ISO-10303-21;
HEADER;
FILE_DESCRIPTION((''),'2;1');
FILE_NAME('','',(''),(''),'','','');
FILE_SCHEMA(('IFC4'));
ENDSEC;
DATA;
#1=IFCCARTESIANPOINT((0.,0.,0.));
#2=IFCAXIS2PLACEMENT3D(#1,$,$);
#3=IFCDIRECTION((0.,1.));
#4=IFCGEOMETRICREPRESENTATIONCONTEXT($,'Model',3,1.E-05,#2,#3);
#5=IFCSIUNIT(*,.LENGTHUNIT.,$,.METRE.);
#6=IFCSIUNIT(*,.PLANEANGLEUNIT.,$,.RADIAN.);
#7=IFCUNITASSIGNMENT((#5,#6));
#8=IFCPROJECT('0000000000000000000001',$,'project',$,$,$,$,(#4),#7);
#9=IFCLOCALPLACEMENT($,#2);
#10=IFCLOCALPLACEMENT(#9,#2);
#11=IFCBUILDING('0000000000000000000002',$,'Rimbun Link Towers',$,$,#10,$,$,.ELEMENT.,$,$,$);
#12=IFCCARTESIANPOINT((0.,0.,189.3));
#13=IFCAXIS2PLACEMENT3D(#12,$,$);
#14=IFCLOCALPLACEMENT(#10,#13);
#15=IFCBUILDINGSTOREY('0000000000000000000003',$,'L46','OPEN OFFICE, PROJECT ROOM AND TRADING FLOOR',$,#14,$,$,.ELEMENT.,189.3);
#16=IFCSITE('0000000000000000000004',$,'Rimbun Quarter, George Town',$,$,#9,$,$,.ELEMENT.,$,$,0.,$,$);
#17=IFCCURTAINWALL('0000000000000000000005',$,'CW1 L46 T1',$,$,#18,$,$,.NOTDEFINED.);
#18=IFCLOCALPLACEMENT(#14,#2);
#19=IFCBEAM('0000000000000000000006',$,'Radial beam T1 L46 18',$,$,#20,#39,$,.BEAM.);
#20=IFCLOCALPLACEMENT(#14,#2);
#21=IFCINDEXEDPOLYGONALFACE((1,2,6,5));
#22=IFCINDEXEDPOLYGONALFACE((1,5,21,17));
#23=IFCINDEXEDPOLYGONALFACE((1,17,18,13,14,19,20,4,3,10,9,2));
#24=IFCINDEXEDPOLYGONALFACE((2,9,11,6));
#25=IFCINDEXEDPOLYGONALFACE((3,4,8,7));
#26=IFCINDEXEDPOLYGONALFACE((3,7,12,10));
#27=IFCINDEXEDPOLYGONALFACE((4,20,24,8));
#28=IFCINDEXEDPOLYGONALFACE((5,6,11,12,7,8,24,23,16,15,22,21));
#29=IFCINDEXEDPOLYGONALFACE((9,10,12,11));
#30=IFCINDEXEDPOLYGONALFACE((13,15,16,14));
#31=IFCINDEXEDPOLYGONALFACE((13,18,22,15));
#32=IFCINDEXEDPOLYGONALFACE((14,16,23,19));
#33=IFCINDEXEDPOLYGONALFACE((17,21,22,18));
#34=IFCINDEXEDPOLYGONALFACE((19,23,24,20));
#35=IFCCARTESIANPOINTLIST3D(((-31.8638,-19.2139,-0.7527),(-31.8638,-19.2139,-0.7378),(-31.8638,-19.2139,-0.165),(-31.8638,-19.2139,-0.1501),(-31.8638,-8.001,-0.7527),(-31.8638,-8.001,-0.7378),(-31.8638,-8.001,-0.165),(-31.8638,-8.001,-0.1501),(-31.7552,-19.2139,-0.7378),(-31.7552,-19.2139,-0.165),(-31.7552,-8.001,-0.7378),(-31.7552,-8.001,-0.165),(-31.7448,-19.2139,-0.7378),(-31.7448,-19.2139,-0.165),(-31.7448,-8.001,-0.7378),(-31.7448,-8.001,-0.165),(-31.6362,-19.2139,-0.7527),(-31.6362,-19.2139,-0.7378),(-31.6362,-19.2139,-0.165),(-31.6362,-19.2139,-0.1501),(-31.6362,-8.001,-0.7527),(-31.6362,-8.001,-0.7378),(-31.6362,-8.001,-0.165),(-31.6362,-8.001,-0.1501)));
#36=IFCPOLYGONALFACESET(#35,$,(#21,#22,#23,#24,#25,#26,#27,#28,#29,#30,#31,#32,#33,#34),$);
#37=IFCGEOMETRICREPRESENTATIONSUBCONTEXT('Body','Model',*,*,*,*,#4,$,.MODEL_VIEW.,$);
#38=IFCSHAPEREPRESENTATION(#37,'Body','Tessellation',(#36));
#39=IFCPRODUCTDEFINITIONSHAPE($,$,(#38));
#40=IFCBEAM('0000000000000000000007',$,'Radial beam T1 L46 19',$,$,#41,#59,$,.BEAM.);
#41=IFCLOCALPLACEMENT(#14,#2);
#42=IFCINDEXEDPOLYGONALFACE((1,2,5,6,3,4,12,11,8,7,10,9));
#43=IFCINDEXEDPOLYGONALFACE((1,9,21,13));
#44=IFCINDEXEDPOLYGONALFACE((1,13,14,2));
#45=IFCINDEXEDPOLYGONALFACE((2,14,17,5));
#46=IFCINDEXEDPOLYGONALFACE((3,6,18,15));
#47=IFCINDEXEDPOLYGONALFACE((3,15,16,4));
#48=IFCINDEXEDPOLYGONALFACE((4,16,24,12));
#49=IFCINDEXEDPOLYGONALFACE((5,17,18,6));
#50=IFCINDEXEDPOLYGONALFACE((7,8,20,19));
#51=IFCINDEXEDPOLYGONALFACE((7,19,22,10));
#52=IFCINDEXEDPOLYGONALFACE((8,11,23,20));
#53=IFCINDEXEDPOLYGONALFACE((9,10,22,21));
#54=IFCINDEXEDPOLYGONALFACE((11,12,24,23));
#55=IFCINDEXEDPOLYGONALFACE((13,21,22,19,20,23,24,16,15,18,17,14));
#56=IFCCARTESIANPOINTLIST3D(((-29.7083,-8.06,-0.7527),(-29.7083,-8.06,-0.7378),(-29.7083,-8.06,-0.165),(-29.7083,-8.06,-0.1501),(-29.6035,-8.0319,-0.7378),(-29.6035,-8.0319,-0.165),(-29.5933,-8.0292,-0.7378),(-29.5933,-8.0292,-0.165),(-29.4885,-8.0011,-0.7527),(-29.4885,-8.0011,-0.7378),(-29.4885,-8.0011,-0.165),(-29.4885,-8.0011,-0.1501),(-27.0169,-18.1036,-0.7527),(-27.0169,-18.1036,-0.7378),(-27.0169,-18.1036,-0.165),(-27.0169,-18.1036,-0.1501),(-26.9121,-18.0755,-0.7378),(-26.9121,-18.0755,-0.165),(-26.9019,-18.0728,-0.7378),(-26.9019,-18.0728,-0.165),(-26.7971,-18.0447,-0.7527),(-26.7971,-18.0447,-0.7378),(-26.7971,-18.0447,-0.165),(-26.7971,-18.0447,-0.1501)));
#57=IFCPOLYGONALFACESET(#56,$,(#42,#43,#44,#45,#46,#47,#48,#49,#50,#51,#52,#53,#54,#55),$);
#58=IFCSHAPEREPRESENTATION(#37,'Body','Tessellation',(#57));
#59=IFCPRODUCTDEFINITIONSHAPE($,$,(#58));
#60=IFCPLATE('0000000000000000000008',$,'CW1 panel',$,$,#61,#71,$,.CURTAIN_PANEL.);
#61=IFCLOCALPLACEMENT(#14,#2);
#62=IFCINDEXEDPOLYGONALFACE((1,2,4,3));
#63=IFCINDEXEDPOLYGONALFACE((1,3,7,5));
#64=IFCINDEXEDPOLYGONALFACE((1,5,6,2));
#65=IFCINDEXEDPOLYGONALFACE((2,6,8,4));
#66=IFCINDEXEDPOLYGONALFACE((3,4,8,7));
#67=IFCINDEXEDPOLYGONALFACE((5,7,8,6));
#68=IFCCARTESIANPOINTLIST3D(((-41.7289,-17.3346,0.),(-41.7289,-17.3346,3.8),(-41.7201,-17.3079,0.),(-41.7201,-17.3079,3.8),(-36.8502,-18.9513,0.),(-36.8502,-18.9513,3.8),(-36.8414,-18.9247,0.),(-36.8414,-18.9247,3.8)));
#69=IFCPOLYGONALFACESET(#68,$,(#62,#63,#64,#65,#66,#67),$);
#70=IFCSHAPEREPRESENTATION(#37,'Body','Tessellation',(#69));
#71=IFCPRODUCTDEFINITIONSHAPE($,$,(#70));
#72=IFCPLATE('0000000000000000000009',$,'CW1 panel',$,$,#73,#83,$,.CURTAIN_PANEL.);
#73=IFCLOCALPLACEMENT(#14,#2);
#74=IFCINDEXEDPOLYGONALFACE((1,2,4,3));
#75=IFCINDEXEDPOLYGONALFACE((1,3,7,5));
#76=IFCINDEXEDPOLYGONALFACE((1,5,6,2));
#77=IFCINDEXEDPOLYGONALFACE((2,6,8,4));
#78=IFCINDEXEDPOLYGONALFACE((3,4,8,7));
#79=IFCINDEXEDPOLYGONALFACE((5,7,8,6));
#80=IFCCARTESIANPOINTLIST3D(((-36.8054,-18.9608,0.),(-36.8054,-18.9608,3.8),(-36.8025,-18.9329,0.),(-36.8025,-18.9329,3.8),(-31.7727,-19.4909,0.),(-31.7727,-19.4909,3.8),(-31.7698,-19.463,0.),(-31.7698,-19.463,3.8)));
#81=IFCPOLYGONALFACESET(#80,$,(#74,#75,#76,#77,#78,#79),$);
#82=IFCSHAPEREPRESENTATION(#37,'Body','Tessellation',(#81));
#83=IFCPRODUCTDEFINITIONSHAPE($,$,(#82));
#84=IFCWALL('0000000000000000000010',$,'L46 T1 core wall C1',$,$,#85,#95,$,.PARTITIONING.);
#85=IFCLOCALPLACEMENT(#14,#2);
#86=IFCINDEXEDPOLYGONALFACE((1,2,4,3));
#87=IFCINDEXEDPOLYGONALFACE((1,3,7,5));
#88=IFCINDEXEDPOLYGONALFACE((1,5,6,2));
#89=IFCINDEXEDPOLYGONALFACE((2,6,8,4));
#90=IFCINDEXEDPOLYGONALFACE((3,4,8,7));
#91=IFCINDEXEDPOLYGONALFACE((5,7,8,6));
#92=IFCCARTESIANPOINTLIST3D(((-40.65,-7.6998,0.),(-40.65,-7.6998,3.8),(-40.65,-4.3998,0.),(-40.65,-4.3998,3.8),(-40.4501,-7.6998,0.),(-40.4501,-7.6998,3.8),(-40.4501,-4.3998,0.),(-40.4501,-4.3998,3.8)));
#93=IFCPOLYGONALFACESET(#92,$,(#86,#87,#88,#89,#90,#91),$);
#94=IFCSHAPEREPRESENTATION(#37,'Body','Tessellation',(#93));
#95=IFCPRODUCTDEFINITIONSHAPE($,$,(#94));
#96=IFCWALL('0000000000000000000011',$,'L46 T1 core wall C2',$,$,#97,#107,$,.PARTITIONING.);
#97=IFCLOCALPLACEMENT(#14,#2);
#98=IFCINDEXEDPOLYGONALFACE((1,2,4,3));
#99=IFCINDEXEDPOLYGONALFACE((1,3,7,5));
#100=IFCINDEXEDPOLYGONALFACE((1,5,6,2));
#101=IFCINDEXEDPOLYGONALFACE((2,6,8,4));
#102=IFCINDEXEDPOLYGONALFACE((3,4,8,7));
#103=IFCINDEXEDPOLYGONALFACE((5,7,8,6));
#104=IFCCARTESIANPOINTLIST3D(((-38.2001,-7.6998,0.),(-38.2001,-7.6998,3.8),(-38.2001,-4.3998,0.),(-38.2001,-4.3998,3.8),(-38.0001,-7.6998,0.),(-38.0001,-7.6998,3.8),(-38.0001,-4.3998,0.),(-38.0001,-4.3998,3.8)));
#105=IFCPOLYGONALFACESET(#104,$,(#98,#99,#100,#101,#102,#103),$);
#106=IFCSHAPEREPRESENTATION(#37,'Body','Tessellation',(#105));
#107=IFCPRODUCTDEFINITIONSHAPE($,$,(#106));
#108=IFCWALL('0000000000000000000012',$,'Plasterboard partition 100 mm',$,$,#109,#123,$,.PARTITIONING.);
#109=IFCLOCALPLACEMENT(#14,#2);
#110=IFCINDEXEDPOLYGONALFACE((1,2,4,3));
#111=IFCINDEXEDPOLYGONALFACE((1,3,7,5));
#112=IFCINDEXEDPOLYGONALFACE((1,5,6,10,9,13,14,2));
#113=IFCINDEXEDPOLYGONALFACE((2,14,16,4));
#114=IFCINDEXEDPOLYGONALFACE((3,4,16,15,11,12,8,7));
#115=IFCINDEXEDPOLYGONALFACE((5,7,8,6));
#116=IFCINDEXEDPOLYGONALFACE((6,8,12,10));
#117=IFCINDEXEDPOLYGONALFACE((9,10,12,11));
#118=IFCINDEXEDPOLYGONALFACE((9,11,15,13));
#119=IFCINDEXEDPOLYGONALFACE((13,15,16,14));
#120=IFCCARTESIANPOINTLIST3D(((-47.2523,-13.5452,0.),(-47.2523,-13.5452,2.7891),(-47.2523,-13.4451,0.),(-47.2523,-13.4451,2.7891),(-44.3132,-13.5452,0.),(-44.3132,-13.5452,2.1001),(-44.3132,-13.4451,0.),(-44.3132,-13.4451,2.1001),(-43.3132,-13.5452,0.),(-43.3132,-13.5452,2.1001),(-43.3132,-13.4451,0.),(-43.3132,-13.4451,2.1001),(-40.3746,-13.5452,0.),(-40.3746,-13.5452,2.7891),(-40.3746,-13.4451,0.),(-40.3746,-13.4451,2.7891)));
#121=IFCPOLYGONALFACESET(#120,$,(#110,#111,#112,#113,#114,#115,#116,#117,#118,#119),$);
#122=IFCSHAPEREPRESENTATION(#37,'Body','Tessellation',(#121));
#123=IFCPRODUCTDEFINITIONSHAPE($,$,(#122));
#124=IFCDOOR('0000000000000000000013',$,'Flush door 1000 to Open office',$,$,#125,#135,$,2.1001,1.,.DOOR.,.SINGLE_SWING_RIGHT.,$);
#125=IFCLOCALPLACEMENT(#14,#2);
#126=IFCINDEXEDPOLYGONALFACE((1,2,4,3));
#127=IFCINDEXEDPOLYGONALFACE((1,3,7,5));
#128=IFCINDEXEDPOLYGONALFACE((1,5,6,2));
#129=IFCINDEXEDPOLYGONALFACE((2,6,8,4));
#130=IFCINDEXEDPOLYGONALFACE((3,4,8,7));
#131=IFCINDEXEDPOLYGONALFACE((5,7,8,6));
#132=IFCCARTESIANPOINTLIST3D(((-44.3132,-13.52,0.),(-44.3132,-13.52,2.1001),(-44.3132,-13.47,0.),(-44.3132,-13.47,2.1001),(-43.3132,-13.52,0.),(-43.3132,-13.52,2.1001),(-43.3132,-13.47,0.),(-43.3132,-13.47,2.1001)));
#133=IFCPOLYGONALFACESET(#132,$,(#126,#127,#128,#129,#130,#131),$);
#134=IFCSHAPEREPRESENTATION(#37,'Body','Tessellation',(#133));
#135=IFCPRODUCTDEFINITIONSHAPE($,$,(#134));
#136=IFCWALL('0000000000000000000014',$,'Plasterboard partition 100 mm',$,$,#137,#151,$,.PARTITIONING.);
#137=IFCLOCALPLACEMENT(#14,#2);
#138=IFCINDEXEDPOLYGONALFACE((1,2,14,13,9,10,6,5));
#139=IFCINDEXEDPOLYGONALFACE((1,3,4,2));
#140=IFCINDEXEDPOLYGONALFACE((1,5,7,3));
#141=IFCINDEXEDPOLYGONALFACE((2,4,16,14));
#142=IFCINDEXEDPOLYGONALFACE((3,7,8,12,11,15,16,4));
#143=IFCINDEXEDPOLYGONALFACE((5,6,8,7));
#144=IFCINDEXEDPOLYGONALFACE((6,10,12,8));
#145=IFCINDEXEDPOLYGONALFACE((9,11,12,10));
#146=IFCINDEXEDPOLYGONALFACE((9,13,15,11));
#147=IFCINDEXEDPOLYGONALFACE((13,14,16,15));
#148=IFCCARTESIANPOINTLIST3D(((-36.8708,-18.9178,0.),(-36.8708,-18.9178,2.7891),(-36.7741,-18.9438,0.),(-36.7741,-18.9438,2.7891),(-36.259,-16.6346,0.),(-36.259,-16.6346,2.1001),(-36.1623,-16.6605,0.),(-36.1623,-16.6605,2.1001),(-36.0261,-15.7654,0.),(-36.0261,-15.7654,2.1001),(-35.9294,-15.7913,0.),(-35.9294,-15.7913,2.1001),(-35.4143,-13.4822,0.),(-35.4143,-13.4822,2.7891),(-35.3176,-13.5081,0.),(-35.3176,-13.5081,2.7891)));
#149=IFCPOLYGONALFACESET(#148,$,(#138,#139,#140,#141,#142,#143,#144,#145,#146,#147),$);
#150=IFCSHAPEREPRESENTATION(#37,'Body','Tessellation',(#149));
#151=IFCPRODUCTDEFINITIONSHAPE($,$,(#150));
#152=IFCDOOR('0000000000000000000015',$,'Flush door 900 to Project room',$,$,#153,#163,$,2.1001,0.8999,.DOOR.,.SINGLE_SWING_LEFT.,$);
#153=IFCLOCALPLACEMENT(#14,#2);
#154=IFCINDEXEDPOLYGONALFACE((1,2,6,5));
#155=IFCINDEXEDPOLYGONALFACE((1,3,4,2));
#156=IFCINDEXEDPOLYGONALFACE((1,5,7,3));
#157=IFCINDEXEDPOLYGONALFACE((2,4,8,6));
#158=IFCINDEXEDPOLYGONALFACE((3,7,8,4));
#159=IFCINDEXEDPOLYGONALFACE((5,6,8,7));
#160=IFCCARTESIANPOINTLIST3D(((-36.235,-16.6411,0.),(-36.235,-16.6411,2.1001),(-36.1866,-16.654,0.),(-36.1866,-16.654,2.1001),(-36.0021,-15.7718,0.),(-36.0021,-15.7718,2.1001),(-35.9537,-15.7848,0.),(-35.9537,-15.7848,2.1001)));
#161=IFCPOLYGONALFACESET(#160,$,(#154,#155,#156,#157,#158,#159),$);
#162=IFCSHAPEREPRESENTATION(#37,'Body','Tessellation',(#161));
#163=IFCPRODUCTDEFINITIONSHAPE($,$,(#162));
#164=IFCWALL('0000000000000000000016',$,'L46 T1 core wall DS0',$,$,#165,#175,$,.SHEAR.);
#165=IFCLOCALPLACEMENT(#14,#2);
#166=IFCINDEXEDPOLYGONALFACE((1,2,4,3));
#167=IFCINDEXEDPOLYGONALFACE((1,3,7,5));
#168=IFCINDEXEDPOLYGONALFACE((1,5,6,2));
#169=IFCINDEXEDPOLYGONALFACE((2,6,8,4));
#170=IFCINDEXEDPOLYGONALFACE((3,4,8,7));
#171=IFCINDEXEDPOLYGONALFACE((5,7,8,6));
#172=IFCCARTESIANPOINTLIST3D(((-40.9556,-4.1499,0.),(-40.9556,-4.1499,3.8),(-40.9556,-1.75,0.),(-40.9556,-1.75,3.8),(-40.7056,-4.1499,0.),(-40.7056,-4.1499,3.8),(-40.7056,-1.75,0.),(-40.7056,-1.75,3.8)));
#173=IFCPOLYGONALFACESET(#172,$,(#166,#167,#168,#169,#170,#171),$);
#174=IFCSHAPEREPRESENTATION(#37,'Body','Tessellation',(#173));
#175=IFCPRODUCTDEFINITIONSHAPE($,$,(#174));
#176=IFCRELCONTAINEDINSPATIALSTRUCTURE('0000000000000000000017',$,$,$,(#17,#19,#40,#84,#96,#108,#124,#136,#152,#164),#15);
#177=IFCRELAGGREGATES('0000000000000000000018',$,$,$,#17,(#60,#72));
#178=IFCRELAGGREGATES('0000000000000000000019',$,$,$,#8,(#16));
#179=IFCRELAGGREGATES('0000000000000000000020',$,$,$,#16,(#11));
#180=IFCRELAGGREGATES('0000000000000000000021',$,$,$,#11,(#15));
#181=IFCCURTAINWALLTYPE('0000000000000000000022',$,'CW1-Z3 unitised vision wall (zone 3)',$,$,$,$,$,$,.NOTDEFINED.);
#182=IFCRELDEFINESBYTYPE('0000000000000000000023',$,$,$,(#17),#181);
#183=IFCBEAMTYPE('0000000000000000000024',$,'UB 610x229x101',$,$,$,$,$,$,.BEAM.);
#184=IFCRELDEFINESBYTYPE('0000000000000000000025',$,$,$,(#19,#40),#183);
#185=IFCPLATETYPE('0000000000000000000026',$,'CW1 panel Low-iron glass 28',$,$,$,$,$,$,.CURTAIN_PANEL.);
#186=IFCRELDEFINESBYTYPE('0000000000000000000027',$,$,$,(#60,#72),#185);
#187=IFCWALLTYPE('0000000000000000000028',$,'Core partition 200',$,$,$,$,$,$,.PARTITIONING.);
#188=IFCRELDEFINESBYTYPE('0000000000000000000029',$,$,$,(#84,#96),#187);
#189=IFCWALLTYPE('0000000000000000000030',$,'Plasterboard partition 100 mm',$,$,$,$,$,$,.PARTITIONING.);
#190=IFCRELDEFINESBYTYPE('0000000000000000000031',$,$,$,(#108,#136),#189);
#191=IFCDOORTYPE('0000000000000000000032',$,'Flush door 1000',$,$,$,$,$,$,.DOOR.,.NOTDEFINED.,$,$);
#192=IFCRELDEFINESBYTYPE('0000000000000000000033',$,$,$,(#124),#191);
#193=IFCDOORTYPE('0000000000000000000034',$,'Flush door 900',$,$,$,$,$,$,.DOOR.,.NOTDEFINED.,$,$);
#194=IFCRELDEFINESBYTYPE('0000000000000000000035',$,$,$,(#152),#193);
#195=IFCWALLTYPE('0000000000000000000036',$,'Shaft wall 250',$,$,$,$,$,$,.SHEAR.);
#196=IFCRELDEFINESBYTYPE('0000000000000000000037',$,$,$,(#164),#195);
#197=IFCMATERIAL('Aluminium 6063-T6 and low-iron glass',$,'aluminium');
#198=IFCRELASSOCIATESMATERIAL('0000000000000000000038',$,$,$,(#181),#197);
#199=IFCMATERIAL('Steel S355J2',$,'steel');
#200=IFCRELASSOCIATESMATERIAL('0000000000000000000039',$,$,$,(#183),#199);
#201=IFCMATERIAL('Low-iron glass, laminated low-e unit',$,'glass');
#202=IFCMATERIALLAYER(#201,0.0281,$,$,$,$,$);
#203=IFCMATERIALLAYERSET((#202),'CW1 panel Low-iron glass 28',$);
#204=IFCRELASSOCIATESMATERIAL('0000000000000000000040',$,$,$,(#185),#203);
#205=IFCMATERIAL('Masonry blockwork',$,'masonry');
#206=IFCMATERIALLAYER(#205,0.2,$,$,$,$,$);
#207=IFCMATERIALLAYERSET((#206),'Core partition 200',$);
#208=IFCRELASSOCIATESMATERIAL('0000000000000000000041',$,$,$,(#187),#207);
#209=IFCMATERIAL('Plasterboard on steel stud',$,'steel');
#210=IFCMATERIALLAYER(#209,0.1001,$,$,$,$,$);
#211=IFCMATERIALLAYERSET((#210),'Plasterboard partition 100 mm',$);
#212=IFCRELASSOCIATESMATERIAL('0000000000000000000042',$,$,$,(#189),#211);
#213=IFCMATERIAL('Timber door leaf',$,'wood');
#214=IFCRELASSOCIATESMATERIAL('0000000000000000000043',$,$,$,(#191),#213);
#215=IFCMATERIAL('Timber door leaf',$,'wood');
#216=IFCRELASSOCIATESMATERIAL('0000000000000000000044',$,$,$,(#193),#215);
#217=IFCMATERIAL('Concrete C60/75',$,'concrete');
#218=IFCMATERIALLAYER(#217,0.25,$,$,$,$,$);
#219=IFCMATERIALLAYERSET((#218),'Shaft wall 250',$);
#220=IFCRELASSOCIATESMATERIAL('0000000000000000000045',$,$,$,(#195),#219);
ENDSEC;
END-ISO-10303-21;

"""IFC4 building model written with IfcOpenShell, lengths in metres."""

from ifc_helpers import new_model, si_unit, direction, frame, frame_2d, origin, origin_2d, place, context, subcontext, project, spatial, rectangle, i_section, extrude, material, layer, layer_set, material_profile, profile_set, type_object, element, fill, aggregate, save


model = new_model("IFC4")

# Units and contexts
model_context = context("Model", 3, precision=1e-05, world=origin(), true_north=direction((0.0, 1.0)))
body_context = subcontext(model_context, "Body", "Model", "MODEL_VIEW")
ifc_project = project(units=[si_unit("LENGTHUNIT", "METRE"), si_unit("PLANEANGLEUNIT", "RADIAN")], contexts=[model_context])

# Site, building, storey
site_placement = place(None, origin())
site = spatial("IfcSite", under=ifc_project, at=site_placement, Name="Rimbun Quarter, George Town", CompositionType="ELEMENT", RefElevation=0.0)
building_placement = place(site_placement, origin())
building = spatial("IfcBuilding", under=site, at=building_placement, Name="Rimbun Link Towers", CompositionType="ELEMENT")
storey_placement = place(building_placement, frame((0.0, 0.0, 189.3)))
storey = spatial("IfcBuildingStorey", under=building, at=storey_placement, Name="L46", Description="OPEN OFFICE, PROJECT ROOM AND TRADING FLOOR", CompositionType="ELEMENT", Elevation=189.3)

# Curtain wall
ifc_material_1 = material(Name="Aluminium 6063-T6 and low-iron glass", Category="aluminium")
curtain_wall_type = type_object("IfcCurtainWallType", Name="CW1-Z3 unitised vision wall (zone 3)", PredefinedType="NOTDEFINED", material=ifc_material_1)
curtain_wall_placement = place(storey_placement, origin())
curtain_wall = element("IfcCurtainWall", 1, at=curtain_wall_placement, inside=storey, type_object=curtain_wall_type, Name="CW1 L46 T1", PredefinedType="NOTDEFINED")

# Beams
ifc_material_2 = material(Name="Steel S355J2", Category="steel")
ifc_material_profile_1 = material_profile(ifc_material_2, i_section(OverallWidth=0.2275, OverallDepth=0.6025, WebThickness=0.0105, FlangeThickness=0.0149, at=origin_2d()), Name="UB 610x229x101")
ifc_profile_set_1 = profile_set([ifc_material_profile_1], Name="Steel S355J2")
beam_type_1 = type_object("IfcBeamType", Name="UB 610x229x101", PredefinedType="BEAM", material=ifc_profile_set_1)
beam_1_placement = place(storey_placement, frame((-31.75, -8.001, -0.4514), z_axis=(0.0, -1.0, 0.0), x_axis=(1.0, 0.0, 0.0)))
element("IfcBeam", 2, at=beam_1_placement, inside=storey, type_object=beam_type_1, Name="Radial beam T1 L46 18", PredefinedType="BEAM", context=body_context, shape_type="SweptSolid", body=[
    extrude(i_section(OverallWidth=0.2275, OverallDepth=0.6025, WebThickness=0.0105, FlangeThickness=0.0149, at=origin_2d()), origin(), (0.0, 0.0, 1.0), 11.2129),
])
beam_2_placement = place(storey_placement, frame((-29.5984, -8.0305, -0.4514), z_axis=(0.258837, -0.965921, 0.0), x_axis=(0.965921, 0.258837, 0.0)))
element("IfcBeam", 3, at=beam_2_placement, inside=storey, type_object=beam_type_1, Name="Radial beam T1 L46 19", PredefinedType="BEAM", context=body_context, shape_type="SweptSolid", body=[
    extrude(i_section(OverallWidth=0.2275, OverallDepth=0.6025, WebThickness=0.0105, FlangeThickness=0.0149, at=origin_2d()), origin(), (0.0, 0.0, 1.0), 10.3979),
])

# Plates
ifc_material_3 = material(Name="Low-iron glass, laminated low-e unit", Category="glass")
ifc_layer_1 = layer(ifc_material_3, 0.0281)
ifc_layer_set_1 = layer_set([ifc_layer_1], Name="CW1 panel Low-iron glass 28")
plate_type = type_object("IfcPlateType", Name="CW1 panel Low-iron glass 28", PredefinedType="CURTAIN_PANEL", material=ifc_layer_set_1)
plate_1_placement = place(storey_placement, frame((-39.2852, -18.1296, 0.0), z_axis=(0.0, 0.0, 1.0), x_axis=(-0.949236, 0.314565, 0.0)))
plate_1 = element("IfcPlate", 4, at=plate_1_placement, type_object=plate_type, Name="CW1 panel", PredefinedType="CURTAIN_PANEL", context=body_context, shape_type="SweptSolid", body=[
    extrude(rectangle(XDim=5.1396, YDim=0.0281, at=origin_2d()), origin(), (0.0, 0.0, 1.0), 3.8),
])
plate_2_placement = place(storey_placement, frame((-34.2876, -19.2119, 0.0), z_axis=(0.0, 0.0, 1.0), x_axis=(-0.994498, 0.104753, 0.0)))
plate_2 = element("IfcPlate", 5, at=plate_2_placement, type_object=plate_type, Name="CW1 panel", PredefinedType="CURTAIN_PANEL", context=body_context, shape_type="SweptSolid", body=[
    extrude(rectangle(XDim=5.0605, YDim=0.0281, at=origin_2d()), origin(), (0.0, 0.0, 1.0), 3.8),
])
aggregate(curtain_wall, [plate_1, plate_2])

# Walls
ifc_material_4 = material(Name="Masonry blockwork", Category="masonry")
ifc_layer_2 = layer(ifc_material_4, 0.2)
ifc_layer_set_2 = layer_set([ifc_layer_2], Name="Core partition 200")
wall_type_1 = type_object("IfcWallType", Name="Core partition 200", PredefinedType="PARTITIONING", material=ifc_layer_set_2)
for number, where, z_axis, x_axis, name in (
    (6, (-40.55, -4.3999, 0.0), (0.0, 0.0, 1.0), (0.0, -1.0, 0.0), "L46 T1 core wall C1"),
    (7, (-38.1001, -4.3999, 0.0), (0.0, 0.0, 1.0), (0.0, -1.0, 0.0), "L46 T1 core wall C2"),
):
    element("IfcWall", number, at=place(storey_placement, frame(where, z_axis=z_axis, x_axis=x_axis)), inside=storey, type_object=wall_type_1, Name=name, PredefinedType="PARTITIONING", context=body_context, shape_type="SweptSolid", body=[
        extrude(rectangle(XDim=3.3, YDim=0.2, at=frame_2d((1.6499, 0.0))), origin(), (0.0, 0.0, 1.0), 3.8),
    ])

# Walls, openings, doors
ifc_material_5 = material(Name="Plasterboard on steel stud", Category="steel")
ifc_layer_3 = layer(ifc_material_5, 0.1001)
ifc_layer_set_3 = layer_set([ifc_layer_3], Name="Plasterboard partition 100 mm")
wall_type_2 = type_object("IfcWallType", Name="Plasterboard partition 100 mm", PredefinedType="PARTITIONING", material=ifc_layer_set_3)
wall_1_placement = place(storey_placement, frame((-40.3745, -13.4951, 0.0), z_axis=(0.0, 0.0, 1.0), x_axis=(-1.0, 0.0, 0.0)))
wall_1 = element("IfcWall", 8, at=wall_1_placement, inside=storey, type_object=wall_type_2, Name="Plasterboard partition 100 mm", PredefinedType="PARTITIONING", context=body_context, shape_type="SweptSolid", body=[
    extrude(rectangle(XDim=6.8777, YDim=0.1001, at=frame_2d((3.439, 0.0))), origin(), (0.0, 0.0, 1.0), 2.7891),
])
opening_1_placement = place(wall_1_placement, frame((2.9387, 0.0, 0.0)))
opening_1 = element("IfcOpeningElement", 9, at=opening_1_placement, cuts=wall_1, PredefinedType="OPENING", context=body_context, shape_type="SweptSolid", body=[
    extrude(rectangle(XDim=1.0, YDim=2.1001, at=frame_2d((0.5, 1.05))), frame((0.0, 0.0601, 0.0), z_axis=(0.0, -1.0, 0.0), x_axis=(1.0, 0.0, 0.0)), (0.0, 0.0, 1.0), 0.1201),
])
ifc_material_6 = material(Name="Timber door leaf", Category="wood")
door_type_1 = type_object("IfcDoorType", Name="Flush door 1000", OperationType="NOTDEFINED", PredefinedType="DOOR", material=ifc_material_6)
door_1_placement = place(opening_1_placement, origin())
door_1 = element("IfcDoor", 10, at=door_1_placement, inside=storey, type_object=door_type_1, Name="Flush door 1000 to Open office", OperationType="SINGLE_SWING_RIGHT", OverallHeight=2.1001, OverallWidth=1.0, PredefinedType="DOOR", context=body_context, shape_type="SweptSolid", body=[
    extrude(rectangle(XDim=1.0, YDim=2.1001, at=frame_2d((0.5, 1.05))), frame((0.0, 0.0249, 0.0), z_axis=(0.0, -1.0, 0.0), x_axis=(1.0, 0.0, 0.0)), (0.0, 0.0, 1.0), 0.05),
])
fill(opening_1, door_1)
wall_2_placement = place(storey_placement, frame((-35.366, -13.4951, 0.0), z_axis=(0.0, 0.0, 1.0), x_axis=(-0.258824, -0.965925, 0.0)))
wall_2 = element("IfcWall", 11, at=wall_2_placement, inside=storey, type_object=wall_type_2, Name="Plasterboard partition 100 mm", PredefinedType="PARTITIONING", context=body_context, shape_type="SweptSolid", body=[
    extrude(rectangle(XDim=5.6274, YDim=0.1001, at=frame_2d((2.8137, 0.0))), origin(), (0.0, 0.0, 1.0), 2.7891),
])
opening_2_placement = place(wall_2_placement, frame((2.3638, 0.0, 0.0)))
opening_2 = element("IfcOpeningElement", 12, at=opening_2_placement, cuts=wall_2, PredefinedType="OPENING", context=body_context, shape_type="SweptSolid", body=[
    extrude(rectangle(XDim=0.8999, YDim=2.1001, at=frame_2d((0.45, 1.05))), frame((0.0, 0.0601, 0.0), z_axis=(0.0, -1.0, 0.0), x_axis=(1.0, 0.0, 0.0)), (0.0, 0.0, 1.0), 0.1201),
])
ifc_material_7 = material(Name="Timber door leaf", Category="wood")
door_type_2 = type_object("IfcDoorType", Name="Flush door 900", OperationType="NOTDEFINED", PredefinedType="DOOR", material=ifc_material_7)
door_2_placement = place(opening_2_placement, origin())
door_2 = element("IfcDoor", 13, at=door_2_placement, inside=storey, type_object=door_type_2, Name="Flush door 900 to Project room", OperationType="SINGLE_SWING_LEFT", OverallHeight=2.1001, OverallWidth=0.8999, PredefinedType="DOOR", context=body_context, shape_type="SweptSolid", body=[
    extrude(rectangle(XDim=0.8999, YDim=2.1001, at=frame_2d((0.45, 1.05))), frame((0.0, 0.0249, 0.0), z_axis=(0.0, -1.0, 0.0), x_axis=(1.0, 0.0, 0.0)), (0.0, 0.0, 1.0), 0.05),
])
fill(opening_2, door_2)

# Wall
ifc_material_8 = material(Name="Concrete C60/75", Category="concrete")
ifc_layer_4 = layer(ifc_material_8, 0.25)
ifc_layer_set_4 = layer_set([ifc_layer_4], Name="Shaft wall 250")
wall_type_3 = type_object("IfcWallType", Name="Shaft wall 250", PredefinedType="SHEAR", material=ifc_layer_set_4)
for number, where, z_axis, x_axis, name in (
    (14, (-40.8306, -4.1499, 0.0), (0.0, 0.0, 1.0), (0.0, 1.0, 0.0), "L46 T1 core wall DS0"),
):
    element("IfcWall", number, at=place(storey_placement, frame(where, z_axis=z_axis, x_axis=x_axis)), inside=storey, type_object=wall_type_3, Name=name, PredefinedType="SHEAR", context=body_context, shape_type="SweptSolid", body=[
        extrude(rectangle(XDim=2.3999, YDim=0.25, at=frame_2d((1.2, 0.0))), origin(), (0.0, 0.0, 1.0), 3.8),
    ])

save(model, "model.ifc")
